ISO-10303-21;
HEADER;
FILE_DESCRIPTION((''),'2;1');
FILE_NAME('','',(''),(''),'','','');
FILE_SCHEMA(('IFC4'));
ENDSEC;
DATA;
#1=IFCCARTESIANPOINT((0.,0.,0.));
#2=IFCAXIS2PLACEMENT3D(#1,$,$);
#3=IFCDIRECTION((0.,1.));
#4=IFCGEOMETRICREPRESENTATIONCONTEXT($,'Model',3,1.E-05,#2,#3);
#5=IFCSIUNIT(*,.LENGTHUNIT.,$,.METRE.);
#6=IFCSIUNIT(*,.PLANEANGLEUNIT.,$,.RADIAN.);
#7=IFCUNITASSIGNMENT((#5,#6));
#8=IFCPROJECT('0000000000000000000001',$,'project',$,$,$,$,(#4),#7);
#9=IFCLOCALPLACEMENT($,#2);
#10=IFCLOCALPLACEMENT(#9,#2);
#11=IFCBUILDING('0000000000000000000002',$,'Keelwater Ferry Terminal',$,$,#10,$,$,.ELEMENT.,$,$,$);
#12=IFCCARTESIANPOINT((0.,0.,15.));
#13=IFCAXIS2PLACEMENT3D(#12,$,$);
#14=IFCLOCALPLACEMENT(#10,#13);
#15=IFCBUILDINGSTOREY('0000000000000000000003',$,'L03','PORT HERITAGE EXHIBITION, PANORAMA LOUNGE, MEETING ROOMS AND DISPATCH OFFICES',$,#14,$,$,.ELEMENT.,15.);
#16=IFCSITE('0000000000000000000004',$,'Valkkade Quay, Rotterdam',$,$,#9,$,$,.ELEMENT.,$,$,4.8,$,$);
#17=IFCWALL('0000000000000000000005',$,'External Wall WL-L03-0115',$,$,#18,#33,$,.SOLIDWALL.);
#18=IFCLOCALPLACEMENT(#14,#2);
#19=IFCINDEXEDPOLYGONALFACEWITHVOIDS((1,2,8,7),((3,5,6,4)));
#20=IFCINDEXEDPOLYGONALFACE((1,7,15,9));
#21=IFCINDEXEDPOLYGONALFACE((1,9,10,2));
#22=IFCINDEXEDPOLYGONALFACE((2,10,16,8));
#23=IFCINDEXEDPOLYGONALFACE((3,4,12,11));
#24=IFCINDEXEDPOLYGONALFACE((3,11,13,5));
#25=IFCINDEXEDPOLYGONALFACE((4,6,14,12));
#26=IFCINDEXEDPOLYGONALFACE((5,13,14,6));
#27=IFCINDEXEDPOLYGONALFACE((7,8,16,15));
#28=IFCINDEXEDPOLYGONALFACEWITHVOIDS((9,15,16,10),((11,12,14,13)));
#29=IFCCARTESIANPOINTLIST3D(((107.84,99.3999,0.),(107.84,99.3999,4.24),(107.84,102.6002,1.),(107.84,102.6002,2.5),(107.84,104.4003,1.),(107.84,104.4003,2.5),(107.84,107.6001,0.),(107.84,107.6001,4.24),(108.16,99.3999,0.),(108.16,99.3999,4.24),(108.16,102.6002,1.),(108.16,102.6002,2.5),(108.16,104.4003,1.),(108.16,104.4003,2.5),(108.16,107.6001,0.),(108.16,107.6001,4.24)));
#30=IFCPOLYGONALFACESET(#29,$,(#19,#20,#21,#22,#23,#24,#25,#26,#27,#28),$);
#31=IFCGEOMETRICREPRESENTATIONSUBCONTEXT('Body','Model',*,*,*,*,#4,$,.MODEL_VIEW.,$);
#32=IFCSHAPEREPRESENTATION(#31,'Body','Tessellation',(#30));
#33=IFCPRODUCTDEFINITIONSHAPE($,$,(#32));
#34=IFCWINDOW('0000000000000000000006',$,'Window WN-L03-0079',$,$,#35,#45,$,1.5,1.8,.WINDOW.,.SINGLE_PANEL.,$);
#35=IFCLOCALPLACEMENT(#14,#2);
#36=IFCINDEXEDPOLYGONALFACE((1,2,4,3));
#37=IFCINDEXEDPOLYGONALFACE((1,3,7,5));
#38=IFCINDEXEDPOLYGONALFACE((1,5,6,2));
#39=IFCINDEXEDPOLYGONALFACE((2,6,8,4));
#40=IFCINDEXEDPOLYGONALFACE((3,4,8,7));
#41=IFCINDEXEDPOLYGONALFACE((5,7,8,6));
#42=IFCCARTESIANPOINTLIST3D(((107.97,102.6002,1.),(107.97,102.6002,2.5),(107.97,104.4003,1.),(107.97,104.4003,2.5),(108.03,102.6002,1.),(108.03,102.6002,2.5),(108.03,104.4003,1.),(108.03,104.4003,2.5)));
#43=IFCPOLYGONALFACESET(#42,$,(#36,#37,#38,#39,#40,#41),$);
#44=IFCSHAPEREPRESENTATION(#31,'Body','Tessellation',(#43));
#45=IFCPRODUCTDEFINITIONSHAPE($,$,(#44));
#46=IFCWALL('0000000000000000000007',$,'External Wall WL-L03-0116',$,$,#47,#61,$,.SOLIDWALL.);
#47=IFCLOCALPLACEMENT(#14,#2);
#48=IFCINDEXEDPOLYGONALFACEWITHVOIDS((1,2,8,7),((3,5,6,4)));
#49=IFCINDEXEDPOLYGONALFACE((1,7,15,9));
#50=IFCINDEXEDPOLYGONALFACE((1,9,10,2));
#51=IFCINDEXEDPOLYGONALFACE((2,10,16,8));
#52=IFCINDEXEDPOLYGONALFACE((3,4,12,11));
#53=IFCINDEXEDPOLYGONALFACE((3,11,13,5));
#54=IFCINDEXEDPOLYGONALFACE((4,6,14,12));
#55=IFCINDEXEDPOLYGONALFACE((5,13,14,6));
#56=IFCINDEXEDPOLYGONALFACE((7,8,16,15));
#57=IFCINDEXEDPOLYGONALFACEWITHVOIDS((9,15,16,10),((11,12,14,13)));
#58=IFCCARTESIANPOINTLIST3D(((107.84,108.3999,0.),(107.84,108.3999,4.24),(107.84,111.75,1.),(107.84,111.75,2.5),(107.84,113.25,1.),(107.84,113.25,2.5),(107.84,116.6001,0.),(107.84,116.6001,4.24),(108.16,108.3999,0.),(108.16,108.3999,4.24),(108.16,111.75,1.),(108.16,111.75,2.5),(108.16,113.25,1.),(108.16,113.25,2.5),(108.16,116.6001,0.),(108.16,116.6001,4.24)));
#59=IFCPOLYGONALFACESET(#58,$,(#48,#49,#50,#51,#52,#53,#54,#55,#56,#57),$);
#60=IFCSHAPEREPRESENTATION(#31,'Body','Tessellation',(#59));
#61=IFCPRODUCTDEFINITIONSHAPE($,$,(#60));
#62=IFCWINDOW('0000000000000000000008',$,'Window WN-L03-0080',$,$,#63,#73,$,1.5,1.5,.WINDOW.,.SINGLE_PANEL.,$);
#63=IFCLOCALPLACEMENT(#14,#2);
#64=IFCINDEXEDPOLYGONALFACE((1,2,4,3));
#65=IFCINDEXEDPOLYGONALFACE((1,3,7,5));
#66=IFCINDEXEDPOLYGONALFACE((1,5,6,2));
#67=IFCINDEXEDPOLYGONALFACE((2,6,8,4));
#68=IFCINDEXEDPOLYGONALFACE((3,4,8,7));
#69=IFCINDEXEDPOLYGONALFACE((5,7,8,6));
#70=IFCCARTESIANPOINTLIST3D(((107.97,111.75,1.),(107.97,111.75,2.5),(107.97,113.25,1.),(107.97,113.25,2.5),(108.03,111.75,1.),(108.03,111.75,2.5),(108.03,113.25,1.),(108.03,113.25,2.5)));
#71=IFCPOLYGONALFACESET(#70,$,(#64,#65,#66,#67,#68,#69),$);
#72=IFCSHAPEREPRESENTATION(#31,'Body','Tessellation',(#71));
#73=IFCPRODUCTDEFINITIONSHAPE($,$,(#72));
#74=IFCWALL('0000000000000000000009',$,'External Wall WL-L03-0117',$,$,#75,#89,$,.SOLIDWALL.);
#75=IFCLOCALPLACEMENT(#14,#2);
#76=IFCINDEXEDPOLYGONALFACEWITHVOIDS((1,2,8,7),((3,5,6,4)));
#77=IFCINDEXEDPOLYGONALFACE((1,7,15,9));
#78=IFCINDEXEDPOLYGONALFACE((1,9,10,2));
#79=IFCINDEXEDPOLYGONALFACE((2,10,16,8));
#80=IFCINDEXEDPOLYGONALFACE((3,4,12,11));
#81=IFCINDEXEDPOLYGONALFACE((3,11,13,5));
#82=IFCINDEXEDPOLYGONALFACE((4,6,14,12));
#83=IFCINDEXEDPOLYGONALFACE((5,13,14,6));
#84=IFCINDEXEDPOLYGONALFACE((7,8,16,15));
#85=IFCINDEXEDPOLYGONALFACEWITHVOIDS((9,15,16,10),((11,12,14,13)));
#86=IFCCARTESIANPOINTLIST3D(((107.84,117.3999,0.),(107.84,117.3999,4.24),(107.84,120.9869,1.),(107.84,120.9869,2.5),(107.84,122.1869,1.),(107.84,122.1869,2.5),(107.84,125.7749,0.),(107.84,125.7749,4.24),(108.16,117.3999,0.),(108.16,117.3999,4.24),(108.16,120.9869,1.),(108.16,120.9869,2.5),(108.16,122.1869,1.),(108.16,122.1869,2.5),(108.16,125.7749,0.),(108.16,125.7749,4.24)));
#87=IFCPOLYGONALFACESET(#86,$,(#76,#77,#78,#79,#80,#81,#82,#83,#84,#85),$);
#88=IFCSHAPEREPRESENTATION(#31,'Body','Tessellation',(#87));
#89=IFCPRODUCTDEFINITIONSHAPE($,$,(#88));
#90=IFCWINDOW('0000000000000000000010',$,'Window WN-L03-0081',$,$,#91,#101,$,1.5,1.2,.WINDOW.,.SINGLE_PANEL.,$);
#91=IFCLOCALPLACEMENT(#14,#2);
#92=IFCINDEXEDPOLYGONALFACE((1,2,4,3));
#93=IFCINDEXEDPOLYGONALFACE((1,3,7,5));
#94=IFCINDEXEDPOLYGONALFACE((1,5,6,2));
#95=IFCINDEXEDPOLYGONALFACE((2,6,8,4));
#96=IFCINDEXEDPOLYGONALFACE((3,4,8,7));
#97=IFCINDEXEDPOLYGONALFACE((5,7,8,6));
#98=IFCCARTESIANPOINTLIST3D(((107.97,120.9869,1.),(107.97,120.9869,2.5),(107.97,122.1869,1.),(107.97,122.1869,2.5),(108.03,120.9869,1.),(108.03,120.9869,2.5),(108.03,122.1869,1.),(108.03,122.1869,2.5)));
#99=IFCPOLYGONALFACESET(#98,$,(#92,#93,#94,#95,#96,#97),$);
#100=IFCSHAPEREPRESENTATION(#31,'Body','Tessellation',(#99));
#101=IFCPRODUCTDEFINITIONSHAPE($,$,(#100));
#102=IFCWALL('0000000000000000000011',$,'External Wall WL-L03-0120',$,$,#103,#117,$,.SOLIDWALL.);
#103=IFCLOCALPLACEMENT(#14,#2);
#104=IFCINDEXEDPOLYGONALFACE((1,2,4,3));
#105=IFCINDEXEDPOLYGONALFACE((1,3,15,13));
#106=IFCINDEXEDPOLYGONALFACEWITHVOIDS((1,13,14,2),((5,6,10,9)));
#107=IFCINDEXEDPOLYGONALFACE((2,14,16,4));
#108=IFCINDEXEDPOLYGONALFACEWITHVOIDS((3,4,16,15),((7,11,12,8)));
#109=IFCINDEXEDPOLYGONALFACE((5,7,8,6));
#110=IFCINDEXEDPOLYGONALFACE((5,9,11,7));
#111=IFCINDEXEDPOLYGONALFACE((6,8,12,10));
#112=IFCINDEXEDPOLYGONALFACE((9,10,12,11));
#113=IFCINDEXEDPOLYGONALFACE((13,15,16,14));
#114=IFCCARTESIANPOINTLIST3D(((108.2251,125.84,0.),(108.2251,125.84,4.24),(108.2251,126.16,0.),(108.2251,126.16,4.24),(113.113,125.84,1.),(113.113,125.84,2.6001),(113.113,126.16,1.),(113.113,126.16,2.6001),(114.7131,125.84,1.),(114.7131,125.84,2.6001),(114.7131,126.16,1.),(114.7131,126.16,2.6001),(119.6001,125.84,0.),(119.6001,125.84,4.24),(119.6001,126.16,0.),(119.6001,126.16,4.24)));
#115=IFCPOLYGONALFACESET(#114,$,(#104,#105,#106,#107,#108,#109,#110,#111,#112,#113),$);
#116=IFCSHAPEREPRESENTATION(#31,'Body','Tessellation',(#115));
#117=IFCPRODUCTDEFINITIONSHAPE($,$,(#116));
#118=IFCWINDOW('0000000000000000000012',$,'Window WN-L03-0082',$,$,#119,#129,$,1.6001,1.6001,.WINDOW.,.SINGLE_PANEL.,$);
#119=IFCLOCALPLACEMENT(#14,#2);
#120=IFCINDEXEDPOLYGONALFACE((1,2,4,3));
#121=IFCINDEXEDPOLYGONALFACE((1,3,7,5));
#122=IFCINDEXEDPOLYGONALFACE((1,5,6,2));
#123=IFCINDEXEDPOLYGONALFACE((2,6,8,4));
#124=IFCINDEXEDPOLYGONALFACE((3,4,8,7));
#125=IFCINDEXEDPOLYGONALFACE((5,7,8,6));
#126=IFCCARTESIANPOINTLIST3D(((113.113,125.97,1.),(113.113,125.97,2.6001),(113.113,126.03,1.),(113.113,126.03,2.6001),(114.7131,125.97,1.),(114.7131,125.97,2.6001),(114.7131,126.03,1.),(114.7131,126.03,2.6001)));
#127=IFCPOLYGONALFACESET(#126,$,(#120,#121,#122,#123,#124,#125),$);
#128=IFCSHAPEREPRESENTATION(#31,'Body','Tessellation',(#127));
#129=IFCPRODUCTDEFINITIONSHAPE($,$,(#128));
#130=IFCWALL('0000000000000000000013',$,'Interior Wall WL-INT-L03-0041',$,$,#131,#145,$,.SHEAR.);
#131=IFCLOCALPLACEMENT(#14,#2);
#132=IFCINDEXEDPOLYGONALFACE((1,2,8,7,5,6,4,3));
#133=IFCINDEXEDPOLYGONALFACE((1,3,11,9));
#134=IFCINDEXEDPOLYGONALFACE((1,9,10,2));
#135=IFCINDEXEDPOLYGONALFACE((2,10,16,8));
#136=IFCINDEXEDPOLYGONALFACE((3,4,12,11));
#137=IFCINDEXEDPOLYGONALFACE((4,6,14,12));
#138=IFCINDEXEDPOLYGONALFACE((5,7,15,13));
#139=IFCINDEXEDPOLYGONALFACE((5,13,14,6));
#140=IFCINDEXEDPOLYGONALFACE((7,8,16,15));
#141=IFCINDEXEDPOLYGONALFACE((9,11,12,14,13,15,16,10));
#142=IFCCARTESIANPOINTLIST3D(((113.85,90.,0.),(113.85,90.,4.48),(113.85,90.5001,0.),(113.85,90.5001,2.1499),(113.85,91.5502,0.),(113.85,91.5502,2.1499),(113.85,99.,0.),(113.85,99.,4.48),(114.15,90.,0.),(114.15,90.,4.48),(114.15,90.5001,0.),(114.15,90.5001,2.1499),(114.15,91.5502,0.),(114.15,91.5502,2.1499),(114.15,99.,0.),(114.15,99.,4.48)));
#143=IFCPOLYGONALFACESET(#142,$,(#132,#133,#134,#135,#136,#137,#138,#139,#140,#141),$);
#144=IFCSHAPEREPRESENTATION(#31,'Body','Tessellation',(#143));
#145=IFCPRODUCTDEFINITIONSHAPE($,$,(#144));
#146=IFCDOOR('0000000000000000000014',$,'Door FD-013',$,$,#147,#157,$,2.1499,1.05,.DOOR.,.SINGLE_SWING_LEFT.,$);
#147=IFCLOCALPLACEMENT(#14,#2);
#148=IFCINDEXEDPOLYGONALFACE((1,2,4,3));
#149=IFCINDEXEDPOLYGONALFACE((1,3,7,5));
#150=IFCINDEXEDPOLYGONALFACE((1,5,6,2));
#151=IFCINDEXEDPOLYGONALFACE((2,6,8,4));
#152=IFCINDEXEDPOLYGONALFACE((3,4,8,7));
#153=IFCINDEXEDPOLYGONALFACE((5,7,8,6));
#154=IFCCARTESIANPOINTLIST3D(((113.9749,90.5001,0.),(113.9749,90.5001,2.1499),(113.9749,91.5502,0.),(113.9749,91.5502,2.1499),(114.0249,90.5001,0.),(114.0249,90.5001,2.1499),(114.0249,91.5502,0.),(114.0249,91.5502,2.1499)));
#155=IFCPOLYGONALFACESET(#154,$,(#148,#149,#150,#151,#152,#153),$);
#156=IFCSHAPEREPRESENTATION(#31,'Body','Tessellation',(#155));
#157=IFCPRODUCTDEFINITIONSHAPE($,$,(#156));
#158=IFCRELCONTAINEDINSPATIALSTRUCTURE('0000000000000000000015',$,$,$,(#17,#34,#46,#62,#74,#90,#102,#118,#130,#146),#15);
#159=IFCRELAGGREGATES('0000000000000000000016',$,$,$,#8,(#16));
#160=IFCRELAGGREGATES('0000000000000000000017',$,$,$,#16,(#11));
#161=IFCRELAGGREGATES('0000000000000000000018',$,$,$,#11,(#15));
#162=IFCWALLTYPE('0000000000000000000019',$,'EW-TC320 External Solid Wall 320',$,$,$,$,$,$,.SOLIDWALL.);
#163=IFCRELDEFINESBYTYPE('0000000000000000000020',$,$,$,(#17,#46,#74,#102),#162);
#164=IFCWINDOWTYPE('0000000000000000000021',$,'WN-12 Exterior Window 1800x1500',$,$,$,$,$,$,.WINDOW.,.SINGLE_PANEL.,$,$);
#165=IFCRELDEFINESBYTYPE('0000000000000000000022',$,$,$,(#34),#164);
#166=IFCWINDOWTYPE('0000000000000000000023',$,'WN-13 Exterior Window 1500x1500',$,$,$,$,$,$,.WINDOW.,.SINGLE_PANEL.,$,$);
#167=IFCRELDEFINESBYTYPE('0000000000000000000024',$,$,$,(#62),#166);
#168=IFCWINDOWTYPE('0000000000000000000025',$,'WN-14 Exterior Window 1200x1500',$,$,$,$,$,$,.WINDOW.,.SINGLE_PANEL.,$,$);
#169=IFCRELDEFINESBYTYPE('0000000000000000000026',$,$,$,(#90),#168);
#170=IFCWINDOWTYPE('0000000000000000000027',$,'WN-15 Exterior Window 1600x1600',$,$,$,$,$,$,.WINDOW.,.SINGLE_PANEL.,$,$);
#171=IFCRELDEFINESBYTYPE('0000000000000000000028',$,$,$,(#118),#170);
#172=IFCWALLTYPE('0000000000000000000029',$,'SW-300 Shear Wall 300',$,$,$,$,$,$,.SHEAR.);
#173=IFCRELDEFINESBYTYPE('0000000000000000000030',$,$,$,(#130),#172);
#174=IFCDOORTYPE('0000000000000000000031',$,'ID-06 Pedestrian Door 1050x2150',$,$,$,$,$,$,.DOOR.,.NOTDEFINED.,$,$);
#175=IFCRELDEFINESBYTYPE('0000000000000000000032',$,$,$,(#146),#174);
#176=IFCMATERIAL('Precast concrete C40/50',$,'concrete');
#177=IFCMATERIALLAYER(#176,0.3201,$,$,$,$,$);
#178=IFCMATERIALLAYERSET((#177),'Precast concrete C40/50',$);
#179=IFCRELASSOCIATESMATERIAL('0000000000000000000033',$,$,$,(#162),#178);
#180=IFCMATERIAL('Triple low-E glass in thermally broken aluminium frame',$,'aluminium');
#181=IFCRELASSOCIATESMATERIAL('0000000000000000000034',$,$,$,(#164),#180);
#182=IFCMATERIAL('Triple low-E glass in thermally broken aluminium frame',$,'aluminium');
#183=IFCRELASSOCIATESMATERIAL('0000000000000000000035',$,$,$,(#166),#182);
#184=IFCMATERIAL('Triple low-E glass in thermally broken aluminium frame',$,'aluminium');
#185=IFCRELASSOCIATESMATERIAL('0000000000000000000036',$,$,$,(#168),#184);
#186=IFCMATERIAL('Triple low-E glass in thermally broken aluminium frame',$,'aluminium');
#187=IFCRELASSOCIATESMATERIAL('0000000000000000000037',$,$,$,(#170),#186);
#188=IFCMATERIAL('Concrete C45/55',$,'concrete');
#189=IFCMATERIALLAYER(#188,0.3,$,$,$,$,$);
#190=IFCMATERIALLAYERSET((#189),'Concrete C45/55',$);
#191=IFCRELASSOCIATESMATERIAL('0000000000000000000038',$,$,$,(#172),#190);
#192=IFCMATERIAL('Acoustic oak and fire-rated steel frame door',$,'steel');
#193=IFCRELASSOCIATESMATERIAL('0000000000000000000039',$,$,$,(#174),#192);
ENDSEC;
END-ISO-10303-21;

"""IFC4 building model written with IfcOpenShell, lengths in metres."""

from ifc_helpers import new_model, si_unit, direction, frame, frame_2d, origin, place, context, subcontext, project, spatial, rectangle, extrude, material, layer, layer_set, type_object, element, fill, save


model = new_model("IFC4")

# Units and contexts
model_context = context("Model", 3, precision=1e-05, world=origin(), true_north=direction((0.0, 1.0)))
body_context = subcontext(model_context, "Body", "Model", "MODEL_VIEW")
ifc_project = project(units=[si_unit("LENGTHUNIT", "METRE"), si_unit("PLANEANGLEUNIT", "RADIAN")], contexts=[model_context])

# Site, building, storey
site_placement = place(None, origin())
site = spatial("IfcSite", under=ifc_project, at=site_placement, Name="Valkkade Quay, Rotterdam", CompositionType="ELEMENT", RefElevation=4.8)
building_placement = place(site_placement, origin())
building = spatial("IfcBuilding", under=site, at=building_placement, Name="Keelwater Ferry Terminal", CompositionType="ELEMENT")
storey_placement = place(building_placement, frame((0.0, 0.0, 15.0)))
storey = spatial("IfcBuildingStorey", under=building, at=storey_placement, Name="L03", Description="PORT HERITAGE EXHIBITION, PANORAMA LOUNGE, MEETING ROOMS AND DISPATCH OFFICES", CompositionType="ELEMENT", Elevation=15.0)

# Walls, openings, windows
ifc_material_1 = material(Name="Precast concrete C40/50", Category="concrete")
ifc_layer_1 = layer(ifc_material_1, 0.3201)
ifc_layer_set_1 = layer_set([ifc_layer_1], Name="Precast concrete C40/50")
wall_type_1 = type_object("IfcWallType", Name="EW-TC320 External Solid Wall 320", PredefinedType="SOLIDWALL", material=ifc_layer_set_1)
wall_1_placement = place(storey_placement, frame((108.0, 107.6001, 0.0), z_axis=(0.0, 0.0, 1.0), x_axis=(0.0, -1.0, 0.0)))
wall_1 = element("IfcWall", 1, at=wall_1_placement, inside=storey, type_object=wall_type_1, Name="External Wall WL-L03-0115", PredefinedType="SOLIDWALL", context=body_context, shape_type="SweptSolid", body=[
    extrude(rectangle(XDim=8.2002, YDim=0.3201, at=frame_2d((4.1001, 0.0))), origin(), (0.0, 0.0, 1.0), 4.24),
])
opening_1_placement = place(wall_1_placement, frame((3.2, 0.0, 1.0)))
opening_1 = element("IfcOpeningElement", 2, at=opening_1_placement, cuts=wall_1, PredefinedType="OPENING", context=body_context, shape_type="SweptSolid", body=[
    extrude(rectangle(XDim=1.8, YDim=1.5, at=frame_2d((0.8999, 0.75))), frame((0.0, 0.1702, 0.0), z_axis=(0.0, -1.0, 0.0), x_axis=(1.0, 0.0, 0.0)), (0.0, 0.0, 1.0), 0.3401),
])
ifc_material_2 = material(Name="Triple low-E glass in thermally broken aluminium frame", Category="aluminium")
window_type_1 = type_object("IfcWindowType", Name="WN-12 Exterior Window 1800x1500", PartitioningType="SINGLE_PANEL", PredefinedType="WINDOW", material=ifc_material_2)
window_1_placement = place(opening_1_placement, origin())
window_1 = element("IfcWindow", 3, at=window_1_placement, inside=storey, type_object=window_type_1, Name="Window WN-L03-0079", OverallHeight=1.5, OverallWidth=1.8, PartitioningType="SINGLE_PANEL", PredefinedType="WINDOW", context=body_context, shape_type="SweptSolid", body=[
    extrude(rectangle(XDim=1.8, YDim=1.5, at=frame_2d((0.8999, 0.75))), frame((0.0, 0.03, 0.0), z_axis=(0.0, -1.0, 0.0), x_axis=(1.0, 0.0, 0.0)), (0.0, 0.0, 1.0), 0.0601),
])
fill(opening_1, window_1)
wall_2_placement = place(storey_placement, frame((108.0, 116.6001, 0.0), z_axis=(0.0, 0.0, 1.0), x_axis=(0.0, -1.0, 0.0)))
wall_2 = element("IfcWall", 4, at=wall_2_placement, inside=storey, type_object=wall_type_1, Name="External Wall WL-L03-0116", PredefinedType="SOLIDWALL", context=body_context, shape_type="SweptSolid", body=[
    extrude(rectangle(XDim=8.2002, YDim=0.3201, at=frame_2d((4.1001, 0.0))), origin(), (0.0, 0.0, 1.0), 4.24),
])
opening_2_placement = place(wall_2_placement, frame((3.3501, 0.0, 1.0)))
opening_2 = element("IfcOpeningElement", 5, at=opening_2_placement, cuts=wall_2, PredefinedType="OPENING", context=body_context, shape_type="SweptSolid", body=[
    extrude(rectangle(XDim=1.5, YDim=1.5, at=frame_2d((0.75, 0.75))), frame((0.0, 0.1702, 0.0), z_axis=(0.0, -1.0, 0.0), x_axis=(1.0, 0.0, 0.0)), (0.0, 0.0, 1.0), 0.3401),
])
ifc_material_3 = material(Name="Triple low-E glass in thermally broken aluminium frame", Category="aluminium")
window_type_2 = type_object("IfcWindowType", Name="WN-13 Exterior Window 1500x1500", PartitioningType="SINGLE_PANEL", PredefinedType="WINDOW", material=ifc_material_3)
window_2_placement = place(opening_2_placement, origin())
window_2 = element("IfcWindow", 6, at=window_2_placement, inside=storey, type_object=window_type_2, Name="Window WN-L03-0080", OverallHeight=1.5, OverallWidth=1.5, PartitioningType="SINGLE_PANEL", PredefinedType="WINDOW", context=body_context, shape_type="SweptSolid", body=[
    extrude(rectangle(XDim=1.5, YDim=1.5, at=frame_2d((0.75, 0.75))), frame((0.0, 0.03, 0.0), z_axis=(0.0, -1.0, 0.0), x_axis=(1.0, 0.0, 0.0)), (0.0, 0.0, 1.0), 0.0601),
])
fill(opening_2, window_2)
wall_3_placement = place(storey_placement, frame((108.0, 125.7749, 0.0), z_axis=(0.0, 0.0, 1.0), x_axis=(0.0, -1.0, 0.0)))
wall_3 = element("IfcWall", 7, at=wall_3_placement, inside=storey, type_object=wall_type_1, Name="External Wall WL-L03-0117", PredefinedType="SOLIDWALL", context=body_context, shape_type="SweptSolid", body=[
    extrude(rectangle(XDim=8.375, YDim=0.3201, at=frame_2d((4.1875, 0.0))), origin(), (0.0, 0.0, 1.0), 4.24),
])
opening_3_placement = place(wall_3_placement, frame((3.5879, 0.0, 1.0)))
opening_3 = element("IfcOpeningElement", 8, at=opening_3_placement, cuts=wall_3, PredefinedType="OPENING", context=body_context, shape_type="SweptSolid", body=[
    extrude(rectangle(XDim=1.2, YDim=1.5, at=frame_2d((0.6001, 0.75))), frame((0.0, 0.1702, 0.0), z_axis=(0.0, -1.0, 0.0), x_axis=(1.0, 0.0, 0.0)), (0.0, 0.0, 1.0), 0.3401),
])
ifc_material_4 = material(Name="Triple low-E glass in thermally broken aluminium frame", Category="aluminium")
window_type_3 = type_object("IfcWindowType", Name="WN-14 Exterior Window 1200x1500", PartitioningType="SINGLE_PANEL", PredefinedType="WINDOW", material=ifc_material_4)
window_3_placement = place(opening_3_placement, origin())
window_3 = element("IfcWindow", 9, at=window_3_placement, inside=storey, type_object=window_type_3, Name="Window WN-L03-0081", OverallHeight=1.5, OverallWidth=1.2, PartitioningType="SINGLE_PANEL", PredefinedType="WINDOW", context=body_context, shape_type="SweptSolid", body=[
    extrude(rectangle(XDim=1.2, YDim=1.5, at=frame_2d((0.6001, 0.75))), frame((0.0, 0.03, 0.0), z_axis=(0.0, -1.0, 0.0), x_axis=(1.0, 0.0, 0.0)), (0.0, 0.0, 1.0), 0.0601),
])
fill(opening_3, window_3)
wall_4_placement = place(storey_placement, frame((108.2251, 126.0, 0.0), z_axis=(0.0, 0.0, 1.0), x_axis=(1.0, 0.0, 0.0)))
wall_4 = element("IfcWall", 10, at=wall_4_placement, inside=storey, type_object=wall_type_1, Name="External Wall WL-L03-0120", PredefinedType="SOLIDWALL", context=body_context, shape_type="SweptSolid", body=[
    extrude(rectangle(XDim=11.375, YDim=0.3201, at=frame_2d((5.6875, 0.0))), origin(), (0.0, 0.0, 1.0), 4.24),
])
opening_4_placement = place(wall_4_placement, frame((4.8879, 0.0, 1.0)))
opening_4 = element("IfcOpeningElement", 11, at=opening_4_placement, cuts=wall_4, PredefinedType="OPENING", context=body_context, shape_type="SweptSolid", body=[
    extrude(rectangle(XDim=1.6001, YDim=1.6001, at=frame_2d((0.8, 0.8))), frame((0.0, 0.1702, 0.0), z_axis=(0.0, -1.0, 0.0), x_axis=(1.0, 0.0, 0.0)), (0.0, 0.0, 1.0), 0.3401),
])
ifc_material_5 = material(Name="Triple low-E glass in thermally broken aluminium frame", Category="aluminium")
window_type_4 = type_object("IfcWindowType", Name="WN-15 Exterior Window 1600x1600", PartitioningType="SINGLE_PANEL", PredefinedType="WINDOW", material=ifc_material_5)
window_4_placement = place(opening_4_placement, origin())
window_4 = element("IfcWindow", 12, at=window_4_placement, inside=storey, type_object=window_type_4, Name="Window WN-L03-0082", OverallHeight=1.6001, OverallWidth=1.6001, PartitioningType="SINGLE_PANEL", PredefinedType="WINDOW", context=body_context, shape_type="SweptSolid", body=[
    extrude(rectangle(XDim=1.6001, YDim=1.6001, at=frame_2d((0.8, 0.8))), frame((0.0, 0.03, 0.0), z_axis=(0.0, -1.0, 0.0), x_axis=(1.0, 0.0, 0.0)), (0.0, 0.0, 1.0), 0.0601),
])
fill(opening_4, window_4)

# Wall, opening, door
ifc_material_6 = material(Name="Concrete C45/55", Category="concrete")
ifc_layer_2 = layer(ifc_material_6, 0.3)
ifc_layer_set_2 = layer_set([ifc_layer_2], Name="Concrete C45/55")
wall_type_2 = type_object("IfcWallType", Name="SW-300 Shear Wall 300", PredefinedType="SHEAR", material=ifc_layer_set_2)
wall_5_placement = place(storey_placement, frame((114.0, 99.0, 0.0), z_axis=(0.0, 0.0, 1.0), x_axis=(0.0, -1.0, 0.0)))
wall_5 = element("IfcWall", 13, at=wall_5_placement, inside=storey, type_object=wall_type_2, Name="Interior Wall WL-INT-L03-0041", PredefinedType="SHEAR", context=body_context, shape_type="SweptSolid", body=[
    extrude(rectangle(XDim=9.0, YDim=0.3, at=frame_2d((4.5, 0.0))), origin(), (0.0, 0.0, 1.0), 4.48),
])
opening_5_placement = place(wall_5_placement, frame((7.45, 0.0, 0.0)))
opening_5 = element("IfcOpeningElement", 14, at=opening_5_placement, cuts=wall_5, PredefinedType="OPENING", context=body_context, shape_type="SweptSolid", body=[
    extrude(rectangle(XDim=1.05, YDim=2.1499, at=frame_2d((0.5249, 1.075))), frame((0.0, 0.1599, 0.0), z_axis=(0.0, -1.0, 0.0), x_axis=(1.0, 0.0, 0.0)), (0.0, 0.0, 1.0), 0.3201),
])
ifc_material_7 = material(Name="Acoustic oak and fire-rated steel frame door", Category="steel")
door_type = type_object("IfcDoorType", Name="ID-06 Pedestrian Door 1050x2150", OperationType="NOTDEFINED", PredefinedType="DOOR", material=ifc_material_7)
door_placement = place(opening_5_placement, origin())
door = element("IfcDoor", 15, at=door_placement, inside=storey, type_object=door_type, Name="Door FD-013", OperationType="SINGLE_SWING_LEFT", OverallHeight=2.1499, OverallWidth=1.05, PredefinedType="DOOR", context=body_context, shape_type="SweptSolid", body=[
    extrude(rectangle(XDim=1.05, YDim=2.1499, at=frame_2d((0.5249, 1.075))), frame((0.0, 0.0249, 0.0), z_axis=(0.0, -1.0, 0.0), x_axis=(1.0, 0.0, 0.0)), (0.0, 0.0, 1.0), 0.05),
])
fill(opening_5, door)

save(model, "model.ifc")
